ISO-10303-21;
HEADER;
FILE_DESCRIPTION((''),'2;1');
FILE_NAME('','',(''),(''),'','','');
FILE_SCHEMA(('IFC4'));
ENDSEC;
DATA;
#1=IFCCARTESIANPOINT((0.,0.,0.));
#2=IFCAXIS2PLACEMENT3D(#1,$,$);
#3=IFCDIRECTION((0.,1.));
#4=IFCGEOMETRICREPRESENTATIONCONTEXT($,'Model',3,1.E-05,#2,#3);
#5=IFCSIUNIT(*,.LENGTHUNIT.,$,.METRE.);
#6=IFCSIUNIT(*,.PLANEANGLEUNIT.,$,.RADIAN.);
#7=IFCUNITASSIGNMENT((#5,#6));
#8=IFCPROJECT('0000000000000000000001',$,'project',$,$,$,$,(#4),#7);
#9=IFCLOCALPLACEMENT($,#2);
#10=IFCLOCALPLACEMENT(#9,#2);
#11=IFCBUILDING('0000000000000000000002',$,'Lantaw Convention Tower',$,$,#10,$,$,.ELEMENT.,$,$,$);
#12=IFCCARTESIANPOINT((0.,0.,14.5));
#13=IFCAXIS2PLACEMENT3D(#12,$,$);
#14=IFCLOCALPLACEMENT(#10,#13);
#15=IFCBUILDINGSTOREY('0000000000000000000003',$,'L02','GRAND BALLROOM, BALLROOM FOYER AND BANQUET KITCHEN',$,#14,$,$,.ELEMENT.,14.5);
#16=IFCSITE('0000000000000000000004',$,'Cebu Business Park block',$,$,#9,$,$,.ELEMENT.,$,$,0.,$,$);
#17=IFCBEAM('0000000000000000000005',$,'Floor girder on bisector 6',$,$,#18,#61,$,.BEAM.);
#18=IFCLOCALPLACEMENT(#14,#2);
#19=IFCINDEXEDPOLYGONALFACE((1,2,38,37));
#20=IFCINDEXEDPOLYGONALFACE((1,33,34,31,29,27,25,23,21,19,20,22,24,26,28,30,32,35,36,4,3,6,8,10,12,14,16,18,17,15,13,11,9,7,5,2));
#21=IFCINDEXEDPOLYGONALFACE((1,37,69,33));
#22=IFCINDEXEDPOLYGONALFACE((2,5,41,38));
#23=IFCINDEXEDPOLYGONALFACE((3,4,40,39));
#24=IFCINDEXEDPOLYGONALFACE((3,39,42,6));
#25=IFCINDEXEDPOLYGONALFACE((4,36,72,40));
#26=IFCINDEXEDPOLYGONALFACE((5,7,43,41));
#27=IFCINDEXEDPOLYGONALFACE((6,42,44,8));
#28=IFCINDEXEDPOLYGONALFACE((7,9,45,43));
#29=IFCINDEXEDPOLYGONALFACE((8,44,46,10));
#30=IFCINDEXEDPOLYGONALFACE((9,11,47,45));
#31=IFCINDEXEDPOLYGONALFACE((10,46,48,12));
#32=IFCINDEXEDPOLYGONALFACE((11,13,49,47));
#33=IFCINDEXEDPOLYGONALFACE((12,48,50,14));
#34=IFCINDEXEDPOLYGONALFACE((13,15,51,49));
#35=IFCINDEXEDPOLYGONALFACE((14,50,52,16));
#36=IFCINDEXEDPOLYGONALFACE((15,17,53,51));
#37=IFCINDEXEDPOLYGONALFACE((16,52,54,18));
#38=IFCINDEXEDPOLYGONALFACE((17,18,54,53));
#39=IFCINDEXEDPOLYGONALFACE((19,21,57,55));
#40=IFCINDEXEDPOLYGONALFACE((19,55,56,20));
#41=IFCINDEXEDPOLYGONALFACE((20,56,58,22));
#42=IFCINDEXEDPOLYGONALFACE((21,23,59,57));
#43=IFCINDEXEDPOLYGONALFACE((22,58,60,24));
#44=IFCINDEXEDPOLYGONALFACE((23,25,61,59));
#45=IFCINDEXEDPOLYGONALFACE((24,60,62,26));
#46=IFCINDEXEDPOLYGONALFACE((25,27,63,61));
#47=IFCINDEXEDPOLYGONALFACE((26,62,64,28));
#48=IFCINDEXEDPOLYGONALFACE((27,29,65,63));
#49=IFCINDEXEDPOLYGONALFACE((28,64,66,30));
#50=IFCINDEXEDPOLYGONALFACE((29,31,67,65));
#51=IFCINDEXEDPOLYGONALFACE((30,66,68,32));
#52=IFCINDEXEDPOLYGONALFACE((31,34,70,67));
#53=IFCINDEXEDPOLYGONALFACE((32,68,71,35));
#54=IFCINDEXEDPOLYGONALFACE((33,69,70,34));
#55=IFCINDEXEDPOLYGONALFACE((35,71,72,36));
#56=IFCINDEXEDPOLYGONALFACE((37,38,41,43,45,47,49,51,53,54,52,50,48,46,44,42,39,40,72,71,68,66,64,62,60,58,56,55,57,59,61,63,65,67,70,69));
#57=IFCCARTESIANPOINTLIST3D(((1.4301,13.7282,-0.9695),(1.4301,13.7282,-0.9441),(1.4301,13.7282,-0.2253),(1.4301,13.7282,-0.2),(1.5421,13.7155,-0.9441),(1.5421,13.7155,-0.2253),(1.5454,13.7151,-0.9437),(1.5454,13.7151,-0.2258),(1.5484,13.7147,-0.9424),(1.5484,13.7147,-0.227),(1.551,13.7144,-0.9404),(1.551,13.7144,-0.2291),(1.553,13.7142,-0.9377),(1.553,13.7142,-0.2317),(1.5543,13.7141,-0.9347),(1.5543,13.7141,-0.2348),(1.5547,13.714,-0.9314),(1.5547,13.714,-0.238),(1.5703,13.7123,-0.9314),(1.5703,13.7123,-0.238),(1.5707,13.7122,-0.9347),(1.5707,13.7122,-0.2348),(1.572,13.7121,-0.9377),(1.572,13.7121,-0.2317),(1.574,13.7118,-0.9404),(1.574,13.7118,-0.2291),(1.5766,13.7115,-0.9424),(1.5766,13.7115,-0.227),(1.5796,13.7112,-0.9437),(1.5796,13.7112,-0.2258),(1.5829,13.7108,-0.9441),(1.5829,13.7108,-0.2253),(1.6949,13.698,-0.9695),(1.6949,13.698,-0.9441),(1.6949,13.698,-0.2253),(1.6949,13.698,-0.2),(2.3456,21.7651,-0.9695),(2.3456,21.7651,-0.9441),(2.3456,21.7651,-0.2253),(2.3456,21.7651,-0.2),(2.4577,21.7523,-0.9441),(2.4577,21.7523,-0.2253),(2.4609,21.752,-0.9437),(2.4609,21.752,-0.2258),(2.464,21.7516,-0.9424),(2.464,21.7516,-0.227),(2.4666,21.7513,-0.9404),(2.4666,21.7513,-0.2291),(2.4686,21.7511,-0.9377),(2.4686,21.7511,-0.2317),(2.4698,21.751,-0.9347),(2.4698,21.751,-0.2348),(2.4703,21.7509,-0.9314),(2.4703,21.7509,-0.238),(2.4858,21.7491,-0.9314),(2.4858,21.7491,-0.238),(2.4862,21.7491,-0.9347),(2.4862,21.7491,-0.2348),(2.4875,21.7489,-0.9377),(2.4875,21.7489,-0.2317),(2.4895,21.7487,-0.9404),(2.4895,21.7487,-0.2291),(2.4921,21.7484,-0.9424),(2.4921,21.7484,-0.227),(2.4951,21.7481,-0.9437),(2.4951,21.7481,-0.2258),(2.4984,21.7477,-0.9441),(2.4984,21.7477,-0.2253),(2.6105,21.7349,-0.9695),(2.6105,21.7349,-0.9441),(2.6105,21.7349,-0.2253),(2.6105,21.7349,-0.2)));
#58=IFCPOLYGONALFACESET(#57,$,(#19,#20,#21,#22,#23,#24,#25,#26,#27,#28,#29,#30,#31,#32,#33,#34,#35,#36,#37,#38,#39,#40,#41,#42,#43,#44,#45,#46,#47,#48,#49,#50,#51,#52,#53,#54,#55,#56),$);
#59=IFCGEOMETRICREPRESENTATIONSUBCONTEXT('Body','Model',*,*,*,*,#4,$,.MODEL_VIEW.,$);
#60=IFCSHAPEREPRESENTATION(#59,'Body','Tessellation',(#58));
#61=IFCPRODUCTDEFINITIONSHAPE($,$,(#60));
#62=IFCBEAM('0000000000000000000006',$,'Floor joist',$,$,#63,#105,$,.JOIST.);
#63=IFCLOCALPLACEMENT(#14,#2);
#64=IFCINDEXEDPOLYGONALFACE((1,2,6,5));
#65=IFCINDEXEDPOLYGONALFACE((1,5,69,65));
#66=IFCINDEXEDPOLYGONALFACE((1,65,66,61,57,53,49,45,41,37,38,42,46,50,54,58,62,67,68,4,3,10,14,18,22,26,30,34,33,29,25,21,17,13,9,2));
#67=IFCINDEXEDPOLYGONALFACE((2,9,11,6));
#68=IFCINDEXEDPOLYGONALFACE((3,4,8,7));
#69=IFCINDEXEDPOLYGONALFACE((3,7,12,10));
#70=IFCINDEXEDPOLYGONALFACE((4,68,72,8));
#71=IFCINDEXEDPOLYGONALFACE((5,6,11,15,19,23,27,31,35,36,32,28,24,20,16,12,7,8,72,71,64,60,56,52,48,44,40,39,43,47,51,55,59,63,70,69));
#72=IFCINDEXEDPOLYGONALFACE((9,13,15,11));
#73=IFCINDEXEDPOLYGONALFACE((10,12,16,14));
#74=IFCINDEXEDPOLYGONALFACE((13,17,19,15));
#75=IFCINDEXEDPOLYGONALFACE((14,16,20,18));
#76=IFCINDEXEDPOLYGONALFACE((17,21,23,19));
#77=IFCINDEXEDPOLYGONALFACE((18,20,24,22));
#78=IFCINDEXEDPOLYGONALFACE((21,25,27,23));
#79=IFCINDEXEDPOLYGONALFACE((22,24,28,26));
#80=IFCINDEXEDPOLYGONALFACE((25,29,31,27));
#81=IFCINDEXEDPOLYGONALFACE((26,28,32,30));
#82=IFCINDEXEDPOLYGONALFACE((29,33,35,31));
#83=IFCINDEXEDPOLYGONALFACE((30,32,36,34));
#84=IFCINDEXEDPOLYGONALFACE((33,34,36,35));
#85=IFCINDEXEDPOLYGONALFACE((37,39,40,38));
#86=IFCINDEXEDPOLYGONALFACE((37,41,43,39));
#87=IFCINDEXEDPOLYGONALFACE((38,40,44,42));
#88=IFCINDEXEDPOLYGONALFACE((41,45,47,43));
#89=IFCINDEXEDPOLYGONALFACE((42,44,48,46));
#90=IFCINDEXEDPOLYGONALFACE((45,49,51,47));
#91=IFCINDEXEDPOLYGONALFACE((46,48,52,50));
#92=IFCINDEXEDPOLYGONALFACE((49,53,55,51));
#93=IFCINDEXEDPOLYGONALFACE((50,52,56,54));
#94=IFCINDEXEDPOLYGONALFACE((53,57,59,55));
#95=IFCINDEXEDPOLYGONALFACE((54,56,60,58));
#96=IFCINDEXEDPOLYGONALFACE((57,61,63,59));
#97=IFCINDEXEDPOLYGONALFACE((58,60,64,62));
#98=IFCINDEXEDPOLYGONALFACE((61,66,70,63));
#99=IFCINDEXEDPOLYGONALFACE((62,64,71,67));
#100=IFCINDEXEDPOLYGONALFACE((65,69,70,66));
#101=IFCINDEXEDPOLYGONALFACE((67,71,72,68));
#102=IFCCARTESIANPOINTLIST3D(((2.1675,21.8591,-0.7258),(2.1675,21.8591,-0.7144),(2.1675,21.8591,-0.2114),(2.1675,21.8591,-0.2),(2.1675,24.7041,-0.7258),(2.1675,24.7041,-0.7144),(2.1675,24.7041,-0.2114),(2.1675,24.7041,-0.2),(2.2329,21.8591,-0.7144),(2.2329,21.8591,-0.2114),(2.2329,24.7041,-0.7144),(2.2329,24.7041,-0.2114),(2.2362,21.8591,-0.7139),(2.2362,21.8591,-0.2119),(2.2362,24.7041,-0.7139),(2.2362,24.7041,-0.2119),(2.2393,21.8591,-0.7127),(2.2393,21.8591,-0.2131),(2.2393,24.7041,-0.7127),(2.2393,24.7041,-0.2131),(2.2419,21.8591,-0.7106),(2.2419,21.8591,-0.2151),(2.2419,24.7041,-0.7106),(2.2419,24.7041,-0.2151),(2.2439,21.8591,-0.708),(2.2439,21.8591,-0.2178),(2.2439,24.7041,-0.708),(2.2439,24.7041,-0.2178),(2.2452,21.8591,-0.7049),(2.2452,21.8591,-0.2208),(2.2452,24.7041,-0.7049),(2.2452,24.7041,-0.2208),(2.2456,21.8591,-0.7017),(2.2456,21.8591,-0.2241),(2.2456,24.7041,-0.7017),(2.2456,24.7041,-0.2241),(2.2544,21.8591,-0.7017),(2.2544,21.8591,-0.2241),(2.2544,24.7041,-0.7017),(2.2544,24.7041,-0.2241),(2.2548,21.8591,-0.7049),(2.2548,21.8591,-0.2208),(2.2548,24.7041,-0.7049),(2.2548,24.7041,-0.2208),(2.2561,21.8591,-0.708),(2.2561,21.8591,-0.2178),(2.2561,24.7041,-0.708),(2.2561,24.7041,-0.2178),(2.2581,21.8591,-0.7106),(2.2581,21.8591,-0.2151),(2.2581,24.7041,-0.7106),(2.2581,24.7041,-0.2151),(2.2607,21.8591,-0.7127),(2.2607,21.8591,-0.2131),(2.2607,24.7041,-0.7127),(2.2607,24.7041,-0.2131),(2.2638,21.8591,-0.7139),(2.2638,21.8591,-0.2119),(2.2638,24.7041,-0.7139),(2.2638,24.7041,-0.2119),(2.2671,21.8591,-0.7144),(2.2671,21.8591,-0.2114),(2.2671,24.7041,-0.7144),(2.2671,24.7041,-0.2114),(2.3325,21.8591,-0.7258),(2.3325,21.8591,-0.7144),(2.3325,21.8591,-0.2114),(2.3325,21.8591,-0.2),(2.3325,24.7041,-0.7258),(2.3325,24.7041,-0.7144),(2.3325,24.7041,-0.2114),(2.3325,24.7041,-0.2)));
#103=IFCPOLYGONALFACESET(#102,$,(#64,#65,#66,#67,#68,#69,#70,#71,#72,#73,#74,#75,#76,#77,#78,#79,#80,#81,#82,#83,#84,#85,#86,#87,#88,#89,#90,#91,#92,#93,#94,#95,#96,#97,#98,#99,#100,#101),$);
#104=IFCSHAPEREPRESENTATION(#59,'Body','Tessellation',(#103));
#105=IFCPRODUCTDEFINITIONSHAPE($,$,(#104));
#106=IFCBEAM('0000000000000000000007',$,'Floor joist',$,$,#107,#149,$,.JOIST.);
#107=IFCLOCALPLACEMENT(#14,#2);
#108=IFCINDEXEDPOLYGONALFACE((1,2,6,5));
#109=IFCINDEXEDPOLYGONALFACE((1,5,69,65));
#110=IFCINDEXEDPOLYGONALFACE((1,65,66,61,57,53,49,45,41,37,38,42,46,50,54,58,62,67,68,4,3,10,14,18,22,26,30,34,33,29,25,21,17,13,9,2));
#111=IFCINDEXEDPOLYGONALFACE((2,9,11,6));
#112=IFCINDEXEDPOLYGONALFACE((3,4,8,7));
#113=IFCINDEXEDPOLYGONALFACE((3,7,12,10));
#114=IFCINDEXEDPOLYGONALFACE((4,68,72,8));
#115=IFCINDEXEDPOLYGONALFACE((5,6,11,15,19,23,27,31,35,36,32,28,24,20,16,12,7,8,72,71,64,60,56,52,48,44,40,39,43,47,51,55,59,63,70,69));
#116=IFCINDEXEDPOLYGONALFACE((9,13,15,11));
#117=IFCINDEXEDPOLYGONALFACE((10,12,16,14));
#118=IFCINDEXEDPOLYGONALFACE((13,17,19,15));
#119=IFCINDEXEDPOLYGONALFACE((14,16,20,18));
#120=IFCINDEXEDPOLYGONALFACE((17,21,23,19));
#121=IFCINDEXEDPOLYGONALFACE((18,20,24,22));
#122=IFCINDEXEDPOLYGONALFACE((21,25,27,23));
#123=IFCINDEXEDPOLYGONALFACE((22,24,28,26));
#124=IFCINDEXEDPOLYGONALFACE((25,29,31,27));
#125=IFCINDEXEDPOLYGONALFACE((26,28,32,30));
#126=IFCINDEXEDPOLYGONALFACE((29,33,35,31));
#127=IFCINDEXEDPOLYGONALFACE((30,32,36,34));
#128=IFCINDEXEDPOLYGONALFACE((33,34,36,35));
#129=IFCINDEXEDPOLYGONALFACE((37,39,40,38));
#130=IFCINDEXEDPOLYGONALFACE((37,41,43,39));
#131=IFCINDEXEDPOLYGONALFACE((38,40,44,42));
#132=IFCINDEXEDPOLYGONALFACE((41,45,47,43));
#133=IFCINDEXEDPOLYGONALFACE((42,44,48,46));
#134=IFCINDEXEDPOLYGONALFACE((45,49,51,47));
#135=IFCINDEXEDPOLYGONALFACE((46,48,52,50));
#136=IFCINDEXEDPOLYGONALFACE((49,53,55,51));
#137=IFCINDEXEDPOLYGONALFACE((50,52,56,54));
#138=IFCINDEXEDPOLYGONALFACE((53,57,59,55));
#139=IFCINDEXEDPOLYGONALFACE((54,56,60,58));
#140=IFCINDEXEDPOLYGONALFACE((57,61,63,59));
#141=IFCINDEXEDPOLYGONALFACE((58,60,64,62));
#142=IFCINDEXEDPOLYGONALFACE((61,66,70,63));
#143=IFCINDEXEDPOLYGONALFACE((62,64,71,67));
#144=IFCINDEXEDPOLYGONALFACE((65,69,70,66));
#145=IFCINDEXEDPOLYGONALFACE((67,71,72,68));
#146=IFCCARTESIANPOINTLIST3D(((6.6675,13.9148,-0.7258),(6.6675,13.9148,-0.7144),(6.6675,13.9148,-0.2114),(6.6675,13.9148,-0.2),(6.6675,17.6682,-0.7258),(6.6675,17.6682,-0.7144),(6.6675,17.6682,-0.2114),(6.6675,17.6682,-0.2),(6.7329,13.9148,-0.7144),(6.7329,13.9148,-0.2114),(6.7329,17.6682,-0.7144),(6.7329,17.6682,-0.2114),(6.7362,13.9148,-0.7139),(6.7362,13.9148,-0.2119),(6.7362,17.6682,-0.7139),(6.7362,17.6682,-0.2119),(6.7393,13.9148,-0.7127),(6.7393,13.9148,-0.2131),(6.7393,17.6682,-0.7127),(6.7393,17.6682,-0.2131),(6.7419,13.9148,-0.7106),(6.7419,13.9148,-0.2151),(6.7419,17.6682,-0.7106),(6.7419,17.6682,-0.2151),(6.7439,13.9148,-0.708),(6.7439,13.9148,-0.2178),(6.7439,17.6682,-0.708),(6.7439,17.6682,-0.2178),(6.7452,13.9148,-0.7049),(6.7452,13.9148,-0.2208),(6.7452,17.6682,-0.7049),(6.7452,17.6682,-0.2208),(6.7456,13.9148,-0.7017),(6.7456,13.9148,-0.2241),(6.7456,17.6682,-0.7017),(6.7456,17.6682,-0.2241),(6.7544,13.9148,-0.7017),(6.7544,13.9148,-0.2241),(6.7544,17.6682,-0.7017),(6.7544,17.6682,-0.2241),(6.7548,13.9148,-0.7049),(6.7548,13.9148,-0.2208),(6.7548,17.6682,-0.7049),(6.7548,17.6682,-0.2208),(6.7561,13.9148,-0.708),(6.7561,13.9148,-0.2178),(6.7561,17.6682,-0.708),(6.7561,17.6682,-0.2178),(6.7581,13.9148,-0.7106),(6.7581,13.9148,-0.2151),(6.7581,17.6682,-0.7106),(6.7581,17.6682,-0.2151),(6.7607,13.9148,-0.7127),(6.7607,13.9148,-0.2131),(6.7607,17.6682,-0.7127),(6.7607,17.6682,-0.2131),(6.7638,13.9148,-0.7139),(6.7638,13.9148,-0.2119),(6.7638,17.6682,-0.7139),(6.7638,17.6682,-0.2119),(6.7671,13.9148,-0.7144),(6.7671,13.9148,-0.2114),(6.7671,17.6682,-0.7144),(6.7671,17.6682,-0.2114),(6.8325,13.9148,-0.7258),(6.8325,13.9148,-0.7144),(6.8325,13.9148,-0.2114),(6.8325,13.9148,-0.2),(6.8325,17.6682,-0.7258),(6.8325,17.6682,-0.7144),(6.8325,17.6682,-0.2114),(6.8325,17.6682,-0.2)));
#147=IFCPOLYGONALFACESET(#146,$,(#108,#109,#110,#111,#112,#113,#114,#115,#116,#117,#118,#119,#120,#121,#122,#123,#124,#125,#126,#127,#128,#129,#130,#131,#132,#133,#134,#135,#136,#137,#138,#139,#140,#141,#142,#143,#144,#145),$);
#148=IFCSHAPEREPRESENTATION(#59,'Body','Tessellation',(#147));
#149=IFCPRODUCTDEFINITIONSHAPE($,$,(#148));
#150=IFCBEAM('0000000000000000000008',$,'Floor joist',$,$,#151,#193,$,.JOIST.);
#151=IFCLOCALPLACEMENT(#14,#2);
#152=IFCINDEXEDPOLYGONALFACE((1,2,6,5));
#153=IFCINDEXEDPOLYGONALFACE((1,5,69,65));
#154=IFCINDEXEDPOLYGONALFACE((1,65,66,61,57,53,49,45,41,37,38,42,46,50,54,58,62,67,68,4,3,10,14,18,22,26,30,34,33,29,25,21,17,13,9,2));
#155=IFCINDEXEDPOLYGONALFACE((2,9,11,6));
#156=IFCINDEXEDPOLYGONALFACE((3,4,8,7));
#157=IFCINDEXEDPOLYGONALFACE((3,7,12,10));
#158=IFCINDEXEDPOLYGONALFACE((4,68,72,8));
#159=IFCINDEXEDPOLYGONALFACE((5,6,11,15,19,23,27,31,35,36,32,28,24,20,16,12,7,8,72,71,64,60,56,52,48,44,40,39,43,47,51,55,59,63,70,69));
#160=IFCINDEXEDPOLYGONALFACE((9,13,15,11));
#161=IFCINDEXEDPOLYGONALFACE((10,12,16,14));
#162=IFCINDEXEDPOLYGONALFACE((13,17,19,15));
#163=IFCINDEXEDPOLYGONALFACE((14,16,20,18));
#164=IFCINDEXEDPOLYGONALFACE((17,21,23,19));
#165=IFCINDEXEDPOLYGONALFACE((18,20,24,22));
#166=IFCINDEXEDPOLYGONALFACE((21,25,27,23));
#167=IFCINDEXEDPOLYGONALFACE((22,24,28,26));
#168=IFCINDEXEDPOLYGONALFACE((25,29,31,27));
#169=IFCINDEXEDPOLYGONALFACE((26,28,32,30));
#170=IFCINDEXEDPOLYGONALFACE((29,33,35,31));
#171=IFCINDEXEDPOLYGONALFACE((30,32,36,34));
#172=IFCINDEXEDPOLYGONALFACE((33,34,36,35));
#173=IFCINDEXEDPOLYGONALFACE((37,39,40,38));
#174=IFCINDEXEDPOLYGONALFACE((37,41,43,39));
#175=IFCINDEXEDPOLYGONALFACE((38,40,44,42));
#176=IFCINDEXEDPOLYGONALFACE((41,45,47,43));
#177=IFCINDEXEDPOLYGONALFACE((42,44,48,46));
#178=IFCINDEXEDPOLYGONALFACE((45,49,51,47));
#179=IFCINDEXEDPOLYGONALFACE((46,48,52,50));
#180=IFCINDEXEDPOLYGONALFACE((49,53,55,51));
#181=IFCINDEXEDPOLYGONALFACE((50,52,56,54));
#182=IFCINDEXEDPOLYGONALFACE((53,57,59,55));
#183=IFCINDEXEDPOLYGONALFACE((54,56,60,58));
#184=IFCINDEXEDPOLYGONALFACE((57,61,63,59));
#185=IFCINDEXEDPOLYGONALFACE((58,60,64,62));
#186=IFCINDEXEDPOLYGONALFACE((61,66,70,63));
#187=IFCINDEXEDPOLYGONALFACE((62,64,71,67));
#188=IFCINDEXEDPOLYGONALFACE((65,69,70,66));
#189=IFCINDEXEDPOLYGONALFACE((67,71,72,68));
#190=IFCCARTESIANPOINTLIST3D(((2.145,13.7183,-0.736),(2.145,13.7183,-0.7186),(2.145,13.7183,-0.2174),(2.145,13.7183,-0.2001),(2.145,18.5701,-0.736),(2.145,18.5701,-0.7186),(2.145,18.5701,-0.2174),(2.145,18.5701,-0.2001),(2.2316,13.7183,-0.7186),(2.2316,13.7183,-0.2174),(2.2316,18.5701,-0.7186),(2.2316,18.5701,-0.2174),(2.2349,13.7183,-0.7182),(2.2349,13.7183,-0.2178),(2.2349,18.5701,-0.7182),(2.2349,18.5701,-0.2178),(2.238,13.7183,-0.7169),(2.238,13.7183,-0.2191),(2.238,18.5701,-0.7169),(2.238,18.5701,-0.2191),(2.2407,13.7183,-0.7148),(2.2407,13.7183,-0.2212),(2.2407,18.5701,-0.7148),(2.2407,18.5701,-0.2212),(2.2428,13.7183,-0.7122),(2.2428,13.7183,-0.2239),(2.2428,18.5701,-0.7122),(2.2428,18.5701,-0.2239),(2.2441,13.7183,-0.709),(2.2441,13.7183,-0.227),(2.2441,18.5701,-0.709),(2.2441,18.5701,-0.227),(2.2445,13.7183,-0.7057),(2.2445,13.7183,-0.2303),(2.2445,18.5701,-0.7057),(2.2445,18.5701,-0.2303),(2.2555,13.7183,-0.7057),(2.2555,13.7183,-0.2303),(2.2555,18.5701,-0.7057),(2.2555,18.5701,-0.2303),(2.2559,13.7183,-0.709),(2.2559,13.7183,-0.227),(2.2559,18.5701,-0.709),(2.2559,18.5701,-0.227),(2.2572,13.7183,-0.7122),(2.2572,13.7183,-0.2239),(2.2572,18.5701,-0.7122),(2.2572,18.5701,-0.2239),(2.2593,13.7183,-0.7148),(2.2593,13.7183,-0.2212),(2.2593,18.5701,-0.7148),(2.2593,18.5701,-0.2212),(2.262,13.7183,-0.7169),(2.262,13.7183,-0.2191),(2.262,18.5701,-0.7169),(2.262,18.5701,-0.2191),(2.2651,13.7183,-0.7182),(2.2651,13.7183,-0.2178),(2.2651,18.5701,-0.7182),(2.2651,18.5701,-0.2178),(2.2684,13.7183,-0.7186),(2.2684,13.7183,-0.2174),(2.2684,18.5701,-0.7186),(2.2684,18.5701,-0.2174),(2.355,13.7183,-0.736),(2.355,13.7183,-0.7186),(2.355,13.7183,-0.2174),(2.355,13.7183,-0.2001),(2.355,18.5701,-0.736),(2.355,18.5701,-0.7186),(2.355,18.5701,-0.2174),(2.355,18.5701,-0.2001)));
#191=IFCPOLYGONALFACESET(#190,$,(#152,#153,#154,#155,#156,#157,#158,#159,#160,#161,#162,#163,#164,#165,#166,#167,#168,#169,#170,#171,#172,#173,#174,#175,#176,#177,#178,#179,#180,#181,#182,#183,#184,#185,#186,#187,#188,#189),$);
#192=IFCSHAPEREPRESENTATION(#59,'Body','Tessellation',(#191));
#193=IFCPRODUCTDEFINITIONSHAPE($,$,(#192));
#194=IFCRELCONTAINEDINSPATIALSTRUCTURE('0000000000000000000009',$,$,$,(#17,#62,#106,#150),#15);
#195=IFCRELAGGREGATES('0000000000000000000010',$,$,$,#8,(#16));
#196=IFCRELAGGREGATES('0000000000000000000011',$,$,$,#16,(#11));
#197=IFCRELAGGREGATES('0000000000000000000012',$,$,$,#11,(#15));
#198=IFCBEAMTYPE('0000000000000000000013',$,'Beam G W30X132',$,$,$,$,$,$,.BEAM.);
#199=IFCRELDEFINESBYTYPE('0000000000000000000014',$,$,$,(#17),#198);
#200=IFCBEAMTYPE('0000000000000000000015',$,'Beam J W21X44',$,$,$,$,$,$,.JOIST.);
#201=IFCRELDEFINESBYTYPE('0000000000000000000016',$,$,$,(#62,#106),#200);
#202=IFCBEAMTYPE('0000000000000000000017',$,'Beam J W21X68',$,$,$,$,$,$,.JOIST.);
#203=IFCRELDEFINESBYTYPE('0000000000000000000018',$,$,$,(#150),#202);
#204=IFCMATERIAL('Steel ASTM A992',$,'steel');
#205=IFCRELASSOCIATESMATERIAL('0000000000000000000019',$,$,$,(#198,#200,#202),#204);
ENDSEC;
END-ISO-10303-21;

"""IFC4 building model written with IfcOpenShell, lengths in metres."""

from ifc_helpers import new_model, si_unit, direction, frame, origin, origin_2d, place, context, subcontext, project, spatial, i_section, extrude, material, material_profile, profile_set, type_object, element, save


model = new_model("IFC4")

# Units and contexts
model_context = context("Model", 3, precision=1e-05, world=origin(), true_north=direction((0.0, 1.0)))
body_context = subcontext(model_context, "Body", "Model", "MODEL_VIEW")
ifc_project = project(units=[si_unit("LENGTHUNIT", "METRE"), si_unit("PLANEANGLEUNIT", "RADIAN")], contexts=[model_context])

# Site, building, storey
site_placement = place(None, origin())
site = spatial("IfcSite", under=ifc_project, at=site_placement, Name="Cebu Business Park block", CompositionType="ELEMENT", RefElevation=0.0)
building_placement = place(site_placement, origin())
building = spatial("IfcBuilding", under=site, at=building_placement, Name="Lantaw Convention Tower", CompositionType="ELEMENT")
storey_placement = place(building_placement, frame((0.0, 0.0, 14.5)))
storey = spatial("IfcBuildingStorey", under=building, at=storey_placement, Name="L02", Description="GRAND BALLROOM, BALLROOM FOYER AND BANQUET KITCHEN", CompositionType="ELEMENT", Elevation=14.5)

# Beams
ifc_material_1 = material(Name="Steel ASTM A992", Category="steel")
ifc_material_profile_1 = material_profile(ifc_material_1, i_section(OverallWidth=0.2666, OverallDepth=0.7695, WebThickness=0.0156, FlangeThickness=0.0254, FilletRadius=0.0127, at=origin_2d()), Name="W30X132")
ifc_profile_set_1 = profile_set([ifc_material_profile_1], Name="Steel ASTM A992")
beam_type_1 = type_object("IfcBeamType", Name="Beam G W30X132", PredefinedType="BEAM", material=ifc_profile_set_1)
beam_1_placement = place(storey_placement, frame((1.5625, 13.7131, -0.5847), z_axis=(0.113184, 0.993574, 0.0), x_axis=(-0.993574, 0.113184, 0.0)))
element("IfcBeam", 1, at=beam_1_placement, inside=storey, type_object=beam_type_1, Name="Floor girder on bisector 6", PredefinedType="BEAM", context=body_context, shape_type="SweptSolid", body=[
    extrude(i_section(OverallWidth=0.2666, OverallDepth=0.7695, WebThickness=0.0156, FlangeThickness=0.0254, FilletRadius=0.0127, at=origin_2d()), origin(), (0.0, 0.0, 1.0), 8.0889),
])
ifc_material_profile_2 = material_profile(ifc_material_1, i_section(OverallWidth=0.165, OverallDepth=0.5259, WebThickness=0.0088, FlangeThickness=0.0115, FilletRadius=0.0127, at=origin_2d()), Name="W21X44")
ifc_profile_set_2 = profile_set([ifc_material_profile_2], Name="Steel ASTM A992")
beam_type_2 = type_object("IfcBeamType", Name="Beam J W21X44", PredefinedType="JOIST", material=ifc_profile_set_2)
beam_2_placement = place(storey_placement, frame((2.25, 21.8591, -0.4629), z_axis=(0.0, 1.0, 0.0), x_axis=(-1.0, 0.0, 0.0)))
element("IfcBeam", 2, at=beam_2_placement, inside=storey, type_object=beam_type_2, Name="Floor joist", PredefinedType="JOIST", context=body_context, shape_type="SweptSolid", body=[
    extrude(i_section(OverallWidth=0.165, OverallDepth=0.5259, WebThickness=0.0088, FlangeThickness=0.0115, FilletRadius=0.0127, at=origin_2d()), origin(), (0.0, 0.0, 1.0), 2.845),
])
beam_3_placement = place(storey_placement, frame((6.75, 13.9148, -0.4629), z_axis=(0.0, 1.0, 0.0), x_axis=(-1.0, 0.0, 0.0)))
element("IfcBeam", 3, at=beam_3_placement, inside=storey, type_object=beam_type_2, Name="Floor joist", PredefinedType="JOIST", context=body_context, shape_type="SweptSolid", body=[
    extrude(i_section(OverallWidth=0.165, OverallDepth=0.5259, WebThickness=0.0088, FlangeThickness=0.0115, FilletRadius=0.0127, at=origin_2d()), origin(), (0.0, 0.0, 1.0), 3.7534),
])
ifc_material_profile_3 = material_profile(ifc_material_1, i_section(OverallWidth=0.21, OverallDepth=0.5359, WebThickness=0.011, FlangeThickness=0.0173, FilletRadius=0.0129, at=origin_2d()), Name="W21X68")
ifc_profile_set_3 = profile_set([ifc_material_profile_3], Name="Steel ASTM A992")
beam_type_3 = type_object("IfcBeamType", Name="Beam J W21X68", PredefinedType="JOIST", material=ifc_profile_set_3)
beam_4_placement = place(storey_placement, frame((2.25, 13.7183, -0.468), z_axis=(0.0, 1.0, 0.0), x_axis=(-1.0, 0.0, 0.0)))
element("IfcBeam", 4, at=beam_4_placement, inside=storey, type_object=beam_type_3, Name="Floor joist", PredefinedType="JOIST", context=body_context, shape_type="SweptSolid", body=[
    extrude(i_section(OverallWidth=0.21, OverallDepth=0.5359, WebThickness=0.011, FlangeThickness=0.0173, FilletRadius=0.0129, at=origin_2d()), origin(), (0.0, 0.0, 1.0), 4.8518),
])

save(model, "model.ifc")
